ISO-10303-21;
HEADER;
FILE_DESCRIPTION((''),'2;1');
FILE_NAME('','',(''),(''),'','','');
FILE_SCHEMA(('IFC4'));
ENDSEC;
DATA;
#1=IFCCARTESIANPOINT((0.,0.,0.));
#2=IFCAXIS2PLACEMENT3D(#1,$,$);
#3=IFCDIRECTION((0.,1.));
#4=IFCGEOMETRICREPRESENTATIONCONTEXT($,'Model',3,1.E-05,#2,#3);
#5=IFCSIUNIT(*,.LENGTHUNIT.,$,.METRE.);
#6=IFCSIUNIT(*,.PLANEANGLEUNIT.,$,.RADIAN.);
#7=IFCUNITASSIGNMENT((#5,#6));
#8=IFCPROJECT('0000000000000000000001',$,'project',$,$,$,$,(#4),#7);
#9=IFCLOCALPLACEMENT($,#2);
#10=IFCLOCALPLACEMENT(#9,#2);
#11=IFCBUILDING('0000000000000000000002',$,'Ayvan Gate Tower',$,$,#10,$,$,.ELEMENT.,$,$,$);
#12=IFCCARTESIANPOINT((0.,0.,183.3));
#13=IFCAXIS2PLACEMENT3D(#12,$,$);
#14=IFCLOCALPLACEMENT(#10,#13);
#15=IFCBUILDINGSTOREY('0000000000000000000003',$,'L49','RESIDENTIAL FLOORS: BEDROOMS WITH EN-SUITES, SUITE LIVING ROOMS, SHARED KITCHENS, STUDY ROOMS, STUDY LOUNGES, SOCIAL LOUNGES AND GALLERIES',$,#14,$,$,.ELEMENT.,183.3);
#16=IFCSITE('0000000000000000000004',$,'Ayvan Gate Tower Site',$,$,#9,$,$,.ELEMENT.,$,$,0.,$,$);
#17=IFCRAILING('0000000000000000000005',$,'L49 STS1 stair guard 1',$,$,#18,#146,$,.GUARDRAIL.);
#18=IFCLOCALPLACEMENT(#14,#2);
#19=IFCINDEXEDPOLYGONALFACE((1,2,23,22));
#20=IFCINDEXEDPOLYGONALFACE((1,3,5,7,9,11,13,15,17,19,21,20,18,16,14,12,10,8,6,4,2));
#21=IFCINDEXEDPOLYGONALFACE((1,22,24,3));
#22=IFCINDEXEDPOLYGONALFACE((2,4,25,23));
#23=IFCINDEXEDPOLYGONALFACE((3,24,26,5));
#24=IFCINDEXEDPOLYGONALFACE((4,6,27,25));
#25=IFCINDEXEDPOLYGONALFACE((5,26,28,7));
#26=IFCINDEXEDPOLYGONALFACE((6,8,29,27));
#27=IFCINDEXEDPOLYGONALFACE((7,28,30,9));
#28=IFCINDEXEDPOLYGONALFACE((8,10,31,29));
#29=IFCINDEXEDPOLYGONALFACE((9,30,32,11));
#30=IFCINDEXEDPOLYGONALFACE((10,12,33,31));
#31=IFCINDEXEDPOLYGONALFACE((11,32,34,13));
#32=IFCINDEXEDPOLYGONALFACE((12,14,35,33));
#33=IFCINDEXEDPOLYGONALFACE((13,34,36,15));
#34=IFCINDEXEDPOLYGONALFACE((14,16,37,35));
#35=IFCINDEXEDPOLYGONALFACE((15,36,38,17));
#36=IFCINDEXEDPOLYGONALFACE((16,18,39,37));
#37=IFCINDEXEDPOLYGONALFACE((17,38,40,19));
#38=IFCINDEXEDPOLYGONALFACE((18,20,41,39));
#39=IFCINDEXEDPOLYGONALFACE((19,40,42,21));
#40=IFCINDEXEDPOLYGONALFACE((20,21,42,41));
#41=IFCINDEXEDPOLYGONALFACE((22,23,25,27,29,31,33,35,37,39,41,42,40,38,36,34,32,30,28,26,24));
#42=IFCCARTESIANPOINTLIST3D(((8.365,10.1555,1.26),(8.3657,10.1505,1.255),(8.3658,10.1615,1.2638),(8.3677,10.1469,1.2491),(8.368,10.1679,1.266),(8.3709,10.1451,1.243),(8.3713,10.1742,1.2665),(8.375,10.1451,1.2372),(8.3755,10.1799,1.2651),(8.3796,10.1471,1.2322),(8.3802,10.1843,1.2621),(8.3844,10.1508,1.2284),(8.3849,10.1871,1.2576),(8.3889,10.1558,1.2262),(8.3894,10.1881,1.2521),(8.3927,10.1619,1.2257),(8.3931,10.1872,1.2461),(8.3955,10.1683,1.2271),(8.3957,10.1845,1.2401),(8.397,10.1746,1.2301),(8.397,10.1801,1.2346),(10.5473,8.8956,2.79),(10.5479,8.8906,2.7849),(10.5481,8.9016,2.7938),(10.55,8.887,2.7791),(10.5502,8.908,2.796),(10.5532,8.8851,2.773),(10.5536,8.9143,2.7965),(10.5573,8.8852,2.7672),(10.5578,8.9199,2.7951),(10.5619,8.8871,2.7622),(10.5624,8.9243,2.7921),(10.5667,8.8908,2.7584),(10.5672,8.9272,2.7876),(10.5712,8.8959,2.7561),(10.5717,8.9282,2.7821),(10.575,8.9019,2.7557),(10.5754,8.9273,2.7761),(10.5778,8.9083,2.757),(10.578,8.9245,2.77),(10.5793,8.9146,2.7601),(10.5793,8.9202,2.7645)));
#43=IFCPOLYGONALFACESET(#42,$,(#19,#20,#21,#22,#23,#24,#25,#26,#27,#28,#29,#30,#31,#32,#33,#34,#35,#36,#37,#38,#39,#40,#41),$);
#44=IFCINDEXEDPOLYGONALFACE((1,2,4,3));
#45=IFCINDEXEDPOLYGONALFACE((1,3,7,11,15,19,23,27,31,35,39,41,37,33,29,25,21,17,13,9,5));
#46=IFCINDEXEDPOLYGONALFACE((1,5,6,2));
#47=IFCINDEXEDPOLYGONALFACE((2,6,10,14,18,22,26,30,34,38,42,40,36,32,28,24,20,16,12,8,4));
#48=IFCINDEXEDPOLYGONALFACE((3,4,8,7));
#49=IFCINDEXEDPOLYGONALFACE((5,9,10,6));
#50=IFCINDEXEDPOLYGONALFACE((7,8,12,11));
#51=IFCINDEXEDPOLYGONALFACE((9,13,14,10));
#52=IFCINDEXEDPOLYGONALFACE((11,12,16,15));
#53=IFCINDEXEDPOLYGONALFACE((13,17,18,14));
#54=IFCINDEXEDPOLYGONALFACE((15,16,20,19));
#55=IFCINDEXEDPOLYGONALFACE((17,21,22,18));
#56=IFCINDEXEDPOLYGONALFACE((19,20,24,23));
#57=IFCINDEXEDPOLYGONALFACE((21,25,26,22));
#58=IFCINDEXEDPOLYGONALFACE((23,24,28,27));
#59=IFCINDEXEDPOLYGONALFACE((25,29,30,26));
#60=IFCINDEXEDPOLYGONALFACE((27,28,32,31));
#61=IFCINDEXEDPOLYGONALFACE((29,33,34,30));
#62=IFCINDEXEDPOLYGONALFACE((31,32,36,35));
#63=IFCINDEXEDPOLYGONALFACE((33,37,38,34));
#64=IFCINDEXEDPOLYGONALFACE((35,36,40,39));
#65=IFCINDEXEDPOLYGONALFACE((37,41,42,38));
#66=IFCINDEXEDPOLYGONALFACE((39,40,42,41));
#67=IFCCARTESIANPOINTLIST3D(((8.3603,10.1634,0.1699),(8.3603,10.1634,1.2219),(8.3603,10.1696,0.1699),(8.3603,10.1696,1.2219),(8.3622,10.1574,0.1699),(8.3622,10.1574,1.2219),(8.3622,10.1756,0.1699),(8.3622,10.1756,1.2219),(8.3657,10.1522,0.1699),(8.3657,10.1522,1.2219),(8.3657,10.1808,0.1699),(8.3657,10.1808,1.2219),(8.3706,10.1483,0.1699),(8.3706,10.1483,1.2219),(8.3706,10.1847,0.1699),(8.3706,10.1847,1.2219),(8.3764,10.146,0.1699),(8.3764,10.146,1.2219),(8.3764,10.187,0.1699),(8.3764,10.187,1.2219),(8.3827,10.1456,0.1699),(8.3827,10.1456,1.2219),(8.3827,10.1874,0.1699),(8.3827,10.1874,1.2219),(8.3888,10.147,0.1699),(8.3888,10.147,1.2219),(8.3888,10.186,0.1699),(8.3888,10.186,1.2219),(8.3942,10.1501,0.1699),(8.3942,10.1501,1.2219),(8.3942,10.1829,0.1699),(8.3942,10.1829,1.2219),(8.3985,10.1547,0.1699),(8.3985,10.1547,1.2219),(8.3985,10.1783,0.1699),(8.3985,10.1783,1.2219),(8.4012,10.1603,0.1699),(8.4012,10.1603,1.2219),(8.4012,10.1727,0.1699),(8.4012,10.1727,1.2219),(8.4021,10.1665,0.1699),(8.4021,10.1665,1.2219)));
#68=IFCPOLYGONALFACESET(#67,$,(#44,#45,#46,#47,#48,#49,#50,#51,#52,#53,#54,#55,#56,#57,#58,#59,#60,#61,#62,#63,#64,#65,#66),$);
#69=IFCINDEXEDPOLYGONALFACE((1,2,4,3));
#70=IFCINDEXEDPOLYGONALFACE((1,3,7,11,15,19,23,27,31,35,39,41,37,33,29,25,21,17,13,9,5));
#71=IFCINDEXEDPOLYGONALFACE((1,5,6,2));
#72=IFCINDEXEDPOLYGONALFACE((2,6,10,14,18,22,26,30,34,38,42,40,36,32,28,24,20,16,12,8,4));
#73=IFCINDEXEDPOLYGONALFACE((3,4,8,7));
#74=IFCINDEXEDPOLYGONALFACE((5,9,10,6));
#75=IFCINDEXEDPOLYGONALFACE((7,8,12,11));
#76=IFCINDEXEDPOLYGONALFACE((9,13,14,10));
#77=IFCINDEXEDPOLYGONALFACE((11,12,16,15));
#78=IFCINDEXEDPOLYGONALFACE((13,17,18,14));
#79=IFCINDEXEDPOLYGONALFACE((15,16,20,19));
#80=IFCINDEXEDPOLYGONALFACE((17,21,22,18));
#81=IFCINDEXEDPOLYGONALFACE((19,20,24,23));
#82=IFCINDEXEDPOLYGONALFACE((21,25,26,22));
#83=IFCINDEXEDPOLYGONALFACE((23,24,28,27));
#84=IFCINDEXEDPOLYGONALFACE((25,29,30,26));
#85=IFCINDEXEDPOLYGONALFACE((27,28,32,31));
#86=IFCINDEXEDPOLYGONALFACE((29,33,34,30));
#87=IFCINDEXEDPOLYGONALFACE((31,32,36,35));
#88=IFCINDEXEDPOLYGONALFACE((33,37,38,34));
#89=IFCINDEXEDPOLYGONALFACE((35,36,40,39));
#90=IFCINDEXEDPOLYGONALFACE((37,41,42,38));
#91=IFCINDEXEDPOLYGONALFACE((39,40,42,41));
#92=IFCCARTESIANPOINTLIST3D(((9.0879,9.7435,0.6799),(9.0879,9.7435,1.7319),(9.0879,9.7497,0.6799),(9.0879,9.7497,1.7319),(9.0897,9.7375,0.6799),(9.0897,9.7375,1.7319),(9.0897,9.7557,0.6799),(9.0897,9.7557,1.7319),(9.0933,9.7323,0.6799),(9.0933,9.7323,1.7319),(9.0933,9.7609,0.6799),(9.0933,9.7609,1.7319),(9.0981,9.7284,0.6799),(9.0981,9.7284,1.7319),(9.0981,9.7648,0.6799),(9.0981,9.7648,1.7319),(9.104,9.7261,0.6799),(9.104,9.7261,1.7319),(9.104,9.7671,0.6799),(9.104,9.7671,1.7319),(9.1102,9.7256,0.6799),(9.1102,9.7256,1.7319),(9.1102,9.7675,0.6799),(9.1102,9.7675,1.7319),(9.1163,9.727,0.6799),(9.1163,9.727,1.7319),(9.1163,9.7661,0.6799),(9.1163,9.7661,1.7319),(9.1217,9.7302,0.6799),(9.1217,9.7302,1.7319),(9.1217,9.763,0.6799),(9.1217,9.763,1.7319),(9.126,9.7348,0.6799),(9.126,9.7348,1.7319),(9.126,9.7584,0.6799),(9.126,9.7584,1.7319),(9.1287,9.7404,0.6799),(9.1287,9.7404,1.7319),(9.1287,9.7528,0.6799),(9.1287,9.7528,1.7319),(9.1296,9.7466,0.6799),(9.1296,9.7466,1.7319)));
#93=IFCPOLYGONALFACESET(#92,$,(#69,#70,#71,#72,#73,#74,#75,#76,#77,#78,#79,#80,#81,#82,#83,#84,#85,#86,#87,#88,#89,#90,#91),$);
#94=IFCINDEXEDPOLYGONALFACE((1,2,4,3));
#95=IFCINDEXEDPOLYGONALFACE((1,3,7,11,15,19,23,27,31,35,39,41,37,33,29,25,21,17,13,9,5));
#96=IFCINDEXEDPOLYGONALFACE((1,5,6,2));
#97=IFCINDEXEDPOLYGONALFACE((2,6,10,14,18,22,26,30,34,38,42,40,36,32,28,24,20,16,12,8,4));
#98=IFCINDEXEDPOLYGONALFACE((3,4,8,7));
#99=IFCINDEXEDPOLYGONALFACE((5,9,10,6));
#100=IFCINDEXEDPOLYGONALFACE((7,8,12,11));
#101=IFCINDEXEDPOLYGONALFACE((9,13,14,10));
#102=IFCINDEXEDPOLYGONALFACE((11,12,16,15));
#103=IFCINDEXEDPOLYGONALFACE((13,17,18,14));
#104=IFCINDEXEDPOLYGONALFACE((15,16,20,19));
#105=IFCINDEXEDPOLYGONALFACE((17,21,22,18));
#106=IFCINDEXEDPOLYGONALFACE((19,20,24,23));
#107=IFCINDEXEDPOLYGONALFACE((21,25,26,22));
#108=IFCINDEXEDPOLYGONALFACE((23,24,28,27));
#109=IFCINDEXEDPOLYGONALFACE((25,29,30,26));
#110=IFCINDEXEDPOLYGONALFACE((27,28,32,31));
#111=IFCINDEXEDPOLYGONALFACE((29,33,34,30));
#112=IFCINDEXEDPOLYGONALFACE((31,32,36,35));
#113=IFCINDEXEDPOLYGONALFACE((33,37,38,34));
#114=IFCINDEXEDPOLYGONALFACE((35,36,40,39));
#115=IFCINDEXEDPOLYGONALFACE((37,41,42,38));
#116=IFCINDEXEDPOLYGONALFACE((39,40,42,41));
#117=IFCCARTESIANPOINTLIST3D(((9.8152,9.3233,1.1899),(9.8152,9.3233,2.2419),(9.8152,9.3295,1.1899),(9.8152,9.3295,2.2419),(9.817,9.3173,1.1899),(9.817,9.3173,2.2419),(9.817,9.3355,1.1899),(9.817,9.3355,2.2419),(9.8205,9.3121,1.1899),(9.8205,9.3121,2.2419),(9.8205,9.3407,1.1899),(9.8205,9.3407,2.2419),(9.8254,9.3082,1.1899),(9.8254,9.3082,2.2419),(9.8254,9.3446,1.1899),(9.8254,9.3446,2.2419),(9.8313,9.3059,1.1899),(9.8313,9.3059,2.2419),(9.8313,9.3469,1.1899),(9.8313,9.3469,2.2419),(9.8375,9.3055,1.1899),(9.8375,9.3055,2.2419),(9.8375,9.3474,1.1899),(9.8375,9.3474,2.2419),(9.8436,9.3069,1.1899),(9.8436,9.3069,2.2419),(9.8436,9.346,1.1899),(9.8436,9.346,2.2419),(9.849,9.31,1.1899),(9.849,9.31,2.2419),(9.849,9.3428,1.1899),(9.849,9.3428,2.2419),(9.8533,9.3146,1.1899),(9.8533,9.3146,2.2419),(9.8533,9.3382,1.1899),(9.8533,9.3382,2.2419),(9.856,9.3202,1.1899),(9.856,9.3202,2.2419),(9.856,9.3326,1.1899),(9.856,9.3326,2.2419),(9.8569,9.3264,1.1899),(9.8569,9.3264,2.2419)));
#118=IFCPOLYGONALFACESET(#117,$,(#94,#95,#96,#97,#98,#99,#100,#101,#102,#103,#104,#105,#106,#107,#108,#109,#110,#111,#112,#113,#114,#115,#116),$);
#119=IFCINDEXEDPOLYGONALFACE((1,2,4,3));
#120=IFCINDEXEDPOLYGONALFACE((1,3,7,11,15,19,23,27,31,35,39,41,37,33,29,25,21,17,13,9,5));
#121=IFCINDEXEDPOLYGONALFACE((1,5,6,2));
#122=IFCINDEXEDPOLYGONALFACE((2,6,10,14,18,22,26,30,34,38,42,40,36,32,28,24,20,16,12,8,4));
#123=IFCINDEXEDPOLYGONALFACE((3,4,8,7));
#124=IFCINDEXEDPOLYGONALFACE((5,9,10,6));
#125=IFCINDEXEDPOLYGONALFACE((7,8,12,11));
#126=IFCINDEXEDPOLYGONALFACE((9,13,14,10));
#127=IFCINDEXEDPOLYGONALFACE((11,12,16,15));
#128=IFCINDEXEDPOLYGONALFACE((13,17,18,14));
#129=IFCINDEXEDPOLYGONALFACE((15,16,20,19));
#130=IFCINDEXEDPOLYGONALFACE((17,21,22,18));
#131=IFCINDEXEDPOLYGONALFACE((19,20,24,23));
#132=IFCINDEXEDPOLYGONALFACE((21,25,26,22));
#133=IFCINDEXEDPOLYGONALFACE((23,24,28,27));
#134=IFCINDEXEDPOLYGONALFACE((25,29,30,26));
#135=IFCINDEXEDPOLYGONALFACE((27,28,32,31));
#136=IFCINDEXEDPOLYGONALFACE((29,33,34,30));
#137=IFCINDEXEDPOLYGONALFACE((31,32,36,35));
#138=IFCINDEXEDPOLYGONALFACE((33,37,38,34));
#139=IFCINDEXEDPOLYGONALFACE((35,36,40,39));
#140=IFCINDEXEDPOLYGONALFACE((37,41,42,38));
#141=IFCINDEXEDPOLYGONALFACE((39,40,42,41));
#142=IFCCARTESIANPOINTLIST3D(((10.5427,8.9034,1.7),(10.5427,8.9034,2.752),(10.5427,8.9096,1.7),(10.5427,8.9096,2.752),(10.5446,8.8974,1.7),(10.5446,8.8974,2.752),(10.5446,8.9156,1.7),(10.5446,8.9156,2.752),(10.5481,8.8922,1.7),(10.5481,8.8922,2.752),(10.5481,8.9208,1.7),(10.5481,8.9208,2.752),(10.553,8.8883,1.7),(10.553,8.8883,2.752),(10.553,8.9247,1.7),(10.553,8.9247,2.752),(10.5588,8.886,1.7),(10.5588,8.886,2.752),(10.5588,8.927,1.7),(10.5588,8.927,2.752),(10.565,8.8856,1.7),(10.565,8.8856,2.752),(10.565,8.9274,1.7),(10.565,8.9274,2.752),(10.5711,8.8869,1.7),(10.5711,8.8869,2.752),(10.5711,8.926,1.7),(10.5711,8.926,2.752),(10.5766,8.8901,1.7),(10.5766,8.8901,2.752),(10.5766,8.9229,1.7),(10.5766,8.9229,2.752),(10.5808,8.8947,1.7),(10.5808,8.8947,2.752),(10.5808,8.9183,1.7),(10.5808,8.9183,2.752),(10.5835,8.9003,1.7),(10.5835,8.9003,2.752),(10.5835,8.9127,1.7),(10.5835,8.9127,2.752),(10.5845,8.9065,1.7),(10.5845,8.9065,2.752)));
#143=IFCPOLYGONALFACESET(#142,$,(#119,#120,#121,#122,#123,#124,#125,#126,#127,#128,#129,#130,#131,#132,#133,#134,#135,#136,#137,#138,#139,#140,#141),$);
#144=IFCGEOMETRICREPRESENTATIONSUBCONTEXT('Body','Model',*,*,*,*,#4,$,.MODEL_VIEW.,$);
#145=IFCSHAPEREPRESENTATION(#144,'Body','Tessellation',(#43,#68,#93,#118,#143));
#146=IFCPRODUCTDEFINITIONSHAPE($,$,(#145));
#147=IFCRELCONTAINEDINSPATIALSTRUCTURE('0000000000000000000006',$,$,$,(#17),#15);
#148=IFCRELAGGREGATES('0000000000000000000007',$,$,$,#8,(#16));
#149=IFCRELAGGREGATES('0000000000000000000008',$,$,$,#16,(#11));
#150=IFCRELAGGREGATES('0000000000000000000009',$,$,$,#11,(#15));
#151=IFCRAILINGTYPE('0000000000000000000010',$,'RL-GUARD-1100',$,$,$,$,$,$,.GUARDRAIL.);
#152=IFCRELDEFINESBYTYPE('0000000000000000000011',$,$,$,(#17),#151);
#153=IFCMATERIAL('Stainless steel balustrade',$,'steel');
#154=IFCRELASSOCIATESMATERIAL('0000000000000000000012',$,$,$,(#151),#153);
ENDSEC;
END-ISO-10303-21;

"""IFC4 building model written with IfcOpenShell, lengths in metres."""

from ifc_helpers import new_model, si_unit, direction, frame, origin, origin_2d, place, context, subcontext, project, spatial, circle, extrude, material, type_object, element, save


model = new_model("IFC4")

# Units and contexts
model_context = context("Model", 3, precision=1e-05, world=origin(), true_north=direction((0.0, 1.0)))
body_context = subcontext(model_context, "Body", "Model", "MODEL_VIEW")
ifc_project = project(units=[si_unit("LENGTHUNIT", "METRE"), si_unit("PLANEANGLEUNIT", "RADIAN")], contexts=[model_context])

# Site, building, storey
site_placement = place(None, origin())
site = spatial("IfcSite", under=ifc_project, at=site_placement, Name="Ayvan Gate Tower Site", CompositionType="ELEMENT", RefElevation=0.0)
building_placement = place(site_placement, origin())
building = spatial("IfcBuilding", under=site, at=building_placement, Name="Ayvan Gate Tower", CompositionType="ELEMENT")
storey_placement = place(building_placement, frame((0.0, 0.0, 183.3)))
storey = spatial("IfcBuildingStorey", under=building, at=storey_placement, Name="L49", Description="RESIDENTIAL FLOORS: BEDROOMS WITH EN-SUITES, SUITE LIVING ROOMS, SHARED KITCHENS, STUDY ROOMS, STUDY LOUNGES, SOCIAL LOUNGES AND GALLERIES", CompositionType="ELEMENT", Elevation=183.3)

# Railing
ifc_material_1 = material(Name="Stainless steel balustrade", Category="steel")
railing_type_1 = type_object("IfcRailingType", Name="RL-GUARD-1100", PredefinedType="GUARDRAIL", material=ifc_material_1)
railing_1_placement = place(storey_placement, frame((8.3811, 10.1665, 0.1699)))
element("IfcRailing", 1, at=railing_1_placement, inside=storey, type_object=railing_type_1, Name="L49 STS1 stair guard 1", PredefinedType="GUARDRAIL", context=body_context, shape_type="SweptSolid", body=[
    extrude(circle(Radius=0.0239, at=origin_2d()), frame((0.0, 0.0, 1.0762), z_axis=(0.740261, -0.427395, 0.518986), x_axis=(0.500005, 0.866023, 0.0)), (0.0, 0.0, 1.0), 2.948),
    extrude(circle(Radius=0.021, at=origin_2d()), origin(), (0.0, 0.0, 1.0), 1.052),
    extrude(circle(Radius=0.021, at=origin_2d()), frame((0.7275, -0.4199, 0.51)), (0.0, 0.0, 1.0), 1.052),
    extrude(circle(Radius=0.021, at=origin_2d()), frame((1.4548, -0.8401, 1.02)), (0.0, 0.0, 1.0), 1.052),
    extrude(circle(Radius=0.021, at=origin_2d()), frame((2.1824, -1.26, 1.53)), (0.0, 0.0, 1.0), 1.052),
])

save(model, "model.ifc")
